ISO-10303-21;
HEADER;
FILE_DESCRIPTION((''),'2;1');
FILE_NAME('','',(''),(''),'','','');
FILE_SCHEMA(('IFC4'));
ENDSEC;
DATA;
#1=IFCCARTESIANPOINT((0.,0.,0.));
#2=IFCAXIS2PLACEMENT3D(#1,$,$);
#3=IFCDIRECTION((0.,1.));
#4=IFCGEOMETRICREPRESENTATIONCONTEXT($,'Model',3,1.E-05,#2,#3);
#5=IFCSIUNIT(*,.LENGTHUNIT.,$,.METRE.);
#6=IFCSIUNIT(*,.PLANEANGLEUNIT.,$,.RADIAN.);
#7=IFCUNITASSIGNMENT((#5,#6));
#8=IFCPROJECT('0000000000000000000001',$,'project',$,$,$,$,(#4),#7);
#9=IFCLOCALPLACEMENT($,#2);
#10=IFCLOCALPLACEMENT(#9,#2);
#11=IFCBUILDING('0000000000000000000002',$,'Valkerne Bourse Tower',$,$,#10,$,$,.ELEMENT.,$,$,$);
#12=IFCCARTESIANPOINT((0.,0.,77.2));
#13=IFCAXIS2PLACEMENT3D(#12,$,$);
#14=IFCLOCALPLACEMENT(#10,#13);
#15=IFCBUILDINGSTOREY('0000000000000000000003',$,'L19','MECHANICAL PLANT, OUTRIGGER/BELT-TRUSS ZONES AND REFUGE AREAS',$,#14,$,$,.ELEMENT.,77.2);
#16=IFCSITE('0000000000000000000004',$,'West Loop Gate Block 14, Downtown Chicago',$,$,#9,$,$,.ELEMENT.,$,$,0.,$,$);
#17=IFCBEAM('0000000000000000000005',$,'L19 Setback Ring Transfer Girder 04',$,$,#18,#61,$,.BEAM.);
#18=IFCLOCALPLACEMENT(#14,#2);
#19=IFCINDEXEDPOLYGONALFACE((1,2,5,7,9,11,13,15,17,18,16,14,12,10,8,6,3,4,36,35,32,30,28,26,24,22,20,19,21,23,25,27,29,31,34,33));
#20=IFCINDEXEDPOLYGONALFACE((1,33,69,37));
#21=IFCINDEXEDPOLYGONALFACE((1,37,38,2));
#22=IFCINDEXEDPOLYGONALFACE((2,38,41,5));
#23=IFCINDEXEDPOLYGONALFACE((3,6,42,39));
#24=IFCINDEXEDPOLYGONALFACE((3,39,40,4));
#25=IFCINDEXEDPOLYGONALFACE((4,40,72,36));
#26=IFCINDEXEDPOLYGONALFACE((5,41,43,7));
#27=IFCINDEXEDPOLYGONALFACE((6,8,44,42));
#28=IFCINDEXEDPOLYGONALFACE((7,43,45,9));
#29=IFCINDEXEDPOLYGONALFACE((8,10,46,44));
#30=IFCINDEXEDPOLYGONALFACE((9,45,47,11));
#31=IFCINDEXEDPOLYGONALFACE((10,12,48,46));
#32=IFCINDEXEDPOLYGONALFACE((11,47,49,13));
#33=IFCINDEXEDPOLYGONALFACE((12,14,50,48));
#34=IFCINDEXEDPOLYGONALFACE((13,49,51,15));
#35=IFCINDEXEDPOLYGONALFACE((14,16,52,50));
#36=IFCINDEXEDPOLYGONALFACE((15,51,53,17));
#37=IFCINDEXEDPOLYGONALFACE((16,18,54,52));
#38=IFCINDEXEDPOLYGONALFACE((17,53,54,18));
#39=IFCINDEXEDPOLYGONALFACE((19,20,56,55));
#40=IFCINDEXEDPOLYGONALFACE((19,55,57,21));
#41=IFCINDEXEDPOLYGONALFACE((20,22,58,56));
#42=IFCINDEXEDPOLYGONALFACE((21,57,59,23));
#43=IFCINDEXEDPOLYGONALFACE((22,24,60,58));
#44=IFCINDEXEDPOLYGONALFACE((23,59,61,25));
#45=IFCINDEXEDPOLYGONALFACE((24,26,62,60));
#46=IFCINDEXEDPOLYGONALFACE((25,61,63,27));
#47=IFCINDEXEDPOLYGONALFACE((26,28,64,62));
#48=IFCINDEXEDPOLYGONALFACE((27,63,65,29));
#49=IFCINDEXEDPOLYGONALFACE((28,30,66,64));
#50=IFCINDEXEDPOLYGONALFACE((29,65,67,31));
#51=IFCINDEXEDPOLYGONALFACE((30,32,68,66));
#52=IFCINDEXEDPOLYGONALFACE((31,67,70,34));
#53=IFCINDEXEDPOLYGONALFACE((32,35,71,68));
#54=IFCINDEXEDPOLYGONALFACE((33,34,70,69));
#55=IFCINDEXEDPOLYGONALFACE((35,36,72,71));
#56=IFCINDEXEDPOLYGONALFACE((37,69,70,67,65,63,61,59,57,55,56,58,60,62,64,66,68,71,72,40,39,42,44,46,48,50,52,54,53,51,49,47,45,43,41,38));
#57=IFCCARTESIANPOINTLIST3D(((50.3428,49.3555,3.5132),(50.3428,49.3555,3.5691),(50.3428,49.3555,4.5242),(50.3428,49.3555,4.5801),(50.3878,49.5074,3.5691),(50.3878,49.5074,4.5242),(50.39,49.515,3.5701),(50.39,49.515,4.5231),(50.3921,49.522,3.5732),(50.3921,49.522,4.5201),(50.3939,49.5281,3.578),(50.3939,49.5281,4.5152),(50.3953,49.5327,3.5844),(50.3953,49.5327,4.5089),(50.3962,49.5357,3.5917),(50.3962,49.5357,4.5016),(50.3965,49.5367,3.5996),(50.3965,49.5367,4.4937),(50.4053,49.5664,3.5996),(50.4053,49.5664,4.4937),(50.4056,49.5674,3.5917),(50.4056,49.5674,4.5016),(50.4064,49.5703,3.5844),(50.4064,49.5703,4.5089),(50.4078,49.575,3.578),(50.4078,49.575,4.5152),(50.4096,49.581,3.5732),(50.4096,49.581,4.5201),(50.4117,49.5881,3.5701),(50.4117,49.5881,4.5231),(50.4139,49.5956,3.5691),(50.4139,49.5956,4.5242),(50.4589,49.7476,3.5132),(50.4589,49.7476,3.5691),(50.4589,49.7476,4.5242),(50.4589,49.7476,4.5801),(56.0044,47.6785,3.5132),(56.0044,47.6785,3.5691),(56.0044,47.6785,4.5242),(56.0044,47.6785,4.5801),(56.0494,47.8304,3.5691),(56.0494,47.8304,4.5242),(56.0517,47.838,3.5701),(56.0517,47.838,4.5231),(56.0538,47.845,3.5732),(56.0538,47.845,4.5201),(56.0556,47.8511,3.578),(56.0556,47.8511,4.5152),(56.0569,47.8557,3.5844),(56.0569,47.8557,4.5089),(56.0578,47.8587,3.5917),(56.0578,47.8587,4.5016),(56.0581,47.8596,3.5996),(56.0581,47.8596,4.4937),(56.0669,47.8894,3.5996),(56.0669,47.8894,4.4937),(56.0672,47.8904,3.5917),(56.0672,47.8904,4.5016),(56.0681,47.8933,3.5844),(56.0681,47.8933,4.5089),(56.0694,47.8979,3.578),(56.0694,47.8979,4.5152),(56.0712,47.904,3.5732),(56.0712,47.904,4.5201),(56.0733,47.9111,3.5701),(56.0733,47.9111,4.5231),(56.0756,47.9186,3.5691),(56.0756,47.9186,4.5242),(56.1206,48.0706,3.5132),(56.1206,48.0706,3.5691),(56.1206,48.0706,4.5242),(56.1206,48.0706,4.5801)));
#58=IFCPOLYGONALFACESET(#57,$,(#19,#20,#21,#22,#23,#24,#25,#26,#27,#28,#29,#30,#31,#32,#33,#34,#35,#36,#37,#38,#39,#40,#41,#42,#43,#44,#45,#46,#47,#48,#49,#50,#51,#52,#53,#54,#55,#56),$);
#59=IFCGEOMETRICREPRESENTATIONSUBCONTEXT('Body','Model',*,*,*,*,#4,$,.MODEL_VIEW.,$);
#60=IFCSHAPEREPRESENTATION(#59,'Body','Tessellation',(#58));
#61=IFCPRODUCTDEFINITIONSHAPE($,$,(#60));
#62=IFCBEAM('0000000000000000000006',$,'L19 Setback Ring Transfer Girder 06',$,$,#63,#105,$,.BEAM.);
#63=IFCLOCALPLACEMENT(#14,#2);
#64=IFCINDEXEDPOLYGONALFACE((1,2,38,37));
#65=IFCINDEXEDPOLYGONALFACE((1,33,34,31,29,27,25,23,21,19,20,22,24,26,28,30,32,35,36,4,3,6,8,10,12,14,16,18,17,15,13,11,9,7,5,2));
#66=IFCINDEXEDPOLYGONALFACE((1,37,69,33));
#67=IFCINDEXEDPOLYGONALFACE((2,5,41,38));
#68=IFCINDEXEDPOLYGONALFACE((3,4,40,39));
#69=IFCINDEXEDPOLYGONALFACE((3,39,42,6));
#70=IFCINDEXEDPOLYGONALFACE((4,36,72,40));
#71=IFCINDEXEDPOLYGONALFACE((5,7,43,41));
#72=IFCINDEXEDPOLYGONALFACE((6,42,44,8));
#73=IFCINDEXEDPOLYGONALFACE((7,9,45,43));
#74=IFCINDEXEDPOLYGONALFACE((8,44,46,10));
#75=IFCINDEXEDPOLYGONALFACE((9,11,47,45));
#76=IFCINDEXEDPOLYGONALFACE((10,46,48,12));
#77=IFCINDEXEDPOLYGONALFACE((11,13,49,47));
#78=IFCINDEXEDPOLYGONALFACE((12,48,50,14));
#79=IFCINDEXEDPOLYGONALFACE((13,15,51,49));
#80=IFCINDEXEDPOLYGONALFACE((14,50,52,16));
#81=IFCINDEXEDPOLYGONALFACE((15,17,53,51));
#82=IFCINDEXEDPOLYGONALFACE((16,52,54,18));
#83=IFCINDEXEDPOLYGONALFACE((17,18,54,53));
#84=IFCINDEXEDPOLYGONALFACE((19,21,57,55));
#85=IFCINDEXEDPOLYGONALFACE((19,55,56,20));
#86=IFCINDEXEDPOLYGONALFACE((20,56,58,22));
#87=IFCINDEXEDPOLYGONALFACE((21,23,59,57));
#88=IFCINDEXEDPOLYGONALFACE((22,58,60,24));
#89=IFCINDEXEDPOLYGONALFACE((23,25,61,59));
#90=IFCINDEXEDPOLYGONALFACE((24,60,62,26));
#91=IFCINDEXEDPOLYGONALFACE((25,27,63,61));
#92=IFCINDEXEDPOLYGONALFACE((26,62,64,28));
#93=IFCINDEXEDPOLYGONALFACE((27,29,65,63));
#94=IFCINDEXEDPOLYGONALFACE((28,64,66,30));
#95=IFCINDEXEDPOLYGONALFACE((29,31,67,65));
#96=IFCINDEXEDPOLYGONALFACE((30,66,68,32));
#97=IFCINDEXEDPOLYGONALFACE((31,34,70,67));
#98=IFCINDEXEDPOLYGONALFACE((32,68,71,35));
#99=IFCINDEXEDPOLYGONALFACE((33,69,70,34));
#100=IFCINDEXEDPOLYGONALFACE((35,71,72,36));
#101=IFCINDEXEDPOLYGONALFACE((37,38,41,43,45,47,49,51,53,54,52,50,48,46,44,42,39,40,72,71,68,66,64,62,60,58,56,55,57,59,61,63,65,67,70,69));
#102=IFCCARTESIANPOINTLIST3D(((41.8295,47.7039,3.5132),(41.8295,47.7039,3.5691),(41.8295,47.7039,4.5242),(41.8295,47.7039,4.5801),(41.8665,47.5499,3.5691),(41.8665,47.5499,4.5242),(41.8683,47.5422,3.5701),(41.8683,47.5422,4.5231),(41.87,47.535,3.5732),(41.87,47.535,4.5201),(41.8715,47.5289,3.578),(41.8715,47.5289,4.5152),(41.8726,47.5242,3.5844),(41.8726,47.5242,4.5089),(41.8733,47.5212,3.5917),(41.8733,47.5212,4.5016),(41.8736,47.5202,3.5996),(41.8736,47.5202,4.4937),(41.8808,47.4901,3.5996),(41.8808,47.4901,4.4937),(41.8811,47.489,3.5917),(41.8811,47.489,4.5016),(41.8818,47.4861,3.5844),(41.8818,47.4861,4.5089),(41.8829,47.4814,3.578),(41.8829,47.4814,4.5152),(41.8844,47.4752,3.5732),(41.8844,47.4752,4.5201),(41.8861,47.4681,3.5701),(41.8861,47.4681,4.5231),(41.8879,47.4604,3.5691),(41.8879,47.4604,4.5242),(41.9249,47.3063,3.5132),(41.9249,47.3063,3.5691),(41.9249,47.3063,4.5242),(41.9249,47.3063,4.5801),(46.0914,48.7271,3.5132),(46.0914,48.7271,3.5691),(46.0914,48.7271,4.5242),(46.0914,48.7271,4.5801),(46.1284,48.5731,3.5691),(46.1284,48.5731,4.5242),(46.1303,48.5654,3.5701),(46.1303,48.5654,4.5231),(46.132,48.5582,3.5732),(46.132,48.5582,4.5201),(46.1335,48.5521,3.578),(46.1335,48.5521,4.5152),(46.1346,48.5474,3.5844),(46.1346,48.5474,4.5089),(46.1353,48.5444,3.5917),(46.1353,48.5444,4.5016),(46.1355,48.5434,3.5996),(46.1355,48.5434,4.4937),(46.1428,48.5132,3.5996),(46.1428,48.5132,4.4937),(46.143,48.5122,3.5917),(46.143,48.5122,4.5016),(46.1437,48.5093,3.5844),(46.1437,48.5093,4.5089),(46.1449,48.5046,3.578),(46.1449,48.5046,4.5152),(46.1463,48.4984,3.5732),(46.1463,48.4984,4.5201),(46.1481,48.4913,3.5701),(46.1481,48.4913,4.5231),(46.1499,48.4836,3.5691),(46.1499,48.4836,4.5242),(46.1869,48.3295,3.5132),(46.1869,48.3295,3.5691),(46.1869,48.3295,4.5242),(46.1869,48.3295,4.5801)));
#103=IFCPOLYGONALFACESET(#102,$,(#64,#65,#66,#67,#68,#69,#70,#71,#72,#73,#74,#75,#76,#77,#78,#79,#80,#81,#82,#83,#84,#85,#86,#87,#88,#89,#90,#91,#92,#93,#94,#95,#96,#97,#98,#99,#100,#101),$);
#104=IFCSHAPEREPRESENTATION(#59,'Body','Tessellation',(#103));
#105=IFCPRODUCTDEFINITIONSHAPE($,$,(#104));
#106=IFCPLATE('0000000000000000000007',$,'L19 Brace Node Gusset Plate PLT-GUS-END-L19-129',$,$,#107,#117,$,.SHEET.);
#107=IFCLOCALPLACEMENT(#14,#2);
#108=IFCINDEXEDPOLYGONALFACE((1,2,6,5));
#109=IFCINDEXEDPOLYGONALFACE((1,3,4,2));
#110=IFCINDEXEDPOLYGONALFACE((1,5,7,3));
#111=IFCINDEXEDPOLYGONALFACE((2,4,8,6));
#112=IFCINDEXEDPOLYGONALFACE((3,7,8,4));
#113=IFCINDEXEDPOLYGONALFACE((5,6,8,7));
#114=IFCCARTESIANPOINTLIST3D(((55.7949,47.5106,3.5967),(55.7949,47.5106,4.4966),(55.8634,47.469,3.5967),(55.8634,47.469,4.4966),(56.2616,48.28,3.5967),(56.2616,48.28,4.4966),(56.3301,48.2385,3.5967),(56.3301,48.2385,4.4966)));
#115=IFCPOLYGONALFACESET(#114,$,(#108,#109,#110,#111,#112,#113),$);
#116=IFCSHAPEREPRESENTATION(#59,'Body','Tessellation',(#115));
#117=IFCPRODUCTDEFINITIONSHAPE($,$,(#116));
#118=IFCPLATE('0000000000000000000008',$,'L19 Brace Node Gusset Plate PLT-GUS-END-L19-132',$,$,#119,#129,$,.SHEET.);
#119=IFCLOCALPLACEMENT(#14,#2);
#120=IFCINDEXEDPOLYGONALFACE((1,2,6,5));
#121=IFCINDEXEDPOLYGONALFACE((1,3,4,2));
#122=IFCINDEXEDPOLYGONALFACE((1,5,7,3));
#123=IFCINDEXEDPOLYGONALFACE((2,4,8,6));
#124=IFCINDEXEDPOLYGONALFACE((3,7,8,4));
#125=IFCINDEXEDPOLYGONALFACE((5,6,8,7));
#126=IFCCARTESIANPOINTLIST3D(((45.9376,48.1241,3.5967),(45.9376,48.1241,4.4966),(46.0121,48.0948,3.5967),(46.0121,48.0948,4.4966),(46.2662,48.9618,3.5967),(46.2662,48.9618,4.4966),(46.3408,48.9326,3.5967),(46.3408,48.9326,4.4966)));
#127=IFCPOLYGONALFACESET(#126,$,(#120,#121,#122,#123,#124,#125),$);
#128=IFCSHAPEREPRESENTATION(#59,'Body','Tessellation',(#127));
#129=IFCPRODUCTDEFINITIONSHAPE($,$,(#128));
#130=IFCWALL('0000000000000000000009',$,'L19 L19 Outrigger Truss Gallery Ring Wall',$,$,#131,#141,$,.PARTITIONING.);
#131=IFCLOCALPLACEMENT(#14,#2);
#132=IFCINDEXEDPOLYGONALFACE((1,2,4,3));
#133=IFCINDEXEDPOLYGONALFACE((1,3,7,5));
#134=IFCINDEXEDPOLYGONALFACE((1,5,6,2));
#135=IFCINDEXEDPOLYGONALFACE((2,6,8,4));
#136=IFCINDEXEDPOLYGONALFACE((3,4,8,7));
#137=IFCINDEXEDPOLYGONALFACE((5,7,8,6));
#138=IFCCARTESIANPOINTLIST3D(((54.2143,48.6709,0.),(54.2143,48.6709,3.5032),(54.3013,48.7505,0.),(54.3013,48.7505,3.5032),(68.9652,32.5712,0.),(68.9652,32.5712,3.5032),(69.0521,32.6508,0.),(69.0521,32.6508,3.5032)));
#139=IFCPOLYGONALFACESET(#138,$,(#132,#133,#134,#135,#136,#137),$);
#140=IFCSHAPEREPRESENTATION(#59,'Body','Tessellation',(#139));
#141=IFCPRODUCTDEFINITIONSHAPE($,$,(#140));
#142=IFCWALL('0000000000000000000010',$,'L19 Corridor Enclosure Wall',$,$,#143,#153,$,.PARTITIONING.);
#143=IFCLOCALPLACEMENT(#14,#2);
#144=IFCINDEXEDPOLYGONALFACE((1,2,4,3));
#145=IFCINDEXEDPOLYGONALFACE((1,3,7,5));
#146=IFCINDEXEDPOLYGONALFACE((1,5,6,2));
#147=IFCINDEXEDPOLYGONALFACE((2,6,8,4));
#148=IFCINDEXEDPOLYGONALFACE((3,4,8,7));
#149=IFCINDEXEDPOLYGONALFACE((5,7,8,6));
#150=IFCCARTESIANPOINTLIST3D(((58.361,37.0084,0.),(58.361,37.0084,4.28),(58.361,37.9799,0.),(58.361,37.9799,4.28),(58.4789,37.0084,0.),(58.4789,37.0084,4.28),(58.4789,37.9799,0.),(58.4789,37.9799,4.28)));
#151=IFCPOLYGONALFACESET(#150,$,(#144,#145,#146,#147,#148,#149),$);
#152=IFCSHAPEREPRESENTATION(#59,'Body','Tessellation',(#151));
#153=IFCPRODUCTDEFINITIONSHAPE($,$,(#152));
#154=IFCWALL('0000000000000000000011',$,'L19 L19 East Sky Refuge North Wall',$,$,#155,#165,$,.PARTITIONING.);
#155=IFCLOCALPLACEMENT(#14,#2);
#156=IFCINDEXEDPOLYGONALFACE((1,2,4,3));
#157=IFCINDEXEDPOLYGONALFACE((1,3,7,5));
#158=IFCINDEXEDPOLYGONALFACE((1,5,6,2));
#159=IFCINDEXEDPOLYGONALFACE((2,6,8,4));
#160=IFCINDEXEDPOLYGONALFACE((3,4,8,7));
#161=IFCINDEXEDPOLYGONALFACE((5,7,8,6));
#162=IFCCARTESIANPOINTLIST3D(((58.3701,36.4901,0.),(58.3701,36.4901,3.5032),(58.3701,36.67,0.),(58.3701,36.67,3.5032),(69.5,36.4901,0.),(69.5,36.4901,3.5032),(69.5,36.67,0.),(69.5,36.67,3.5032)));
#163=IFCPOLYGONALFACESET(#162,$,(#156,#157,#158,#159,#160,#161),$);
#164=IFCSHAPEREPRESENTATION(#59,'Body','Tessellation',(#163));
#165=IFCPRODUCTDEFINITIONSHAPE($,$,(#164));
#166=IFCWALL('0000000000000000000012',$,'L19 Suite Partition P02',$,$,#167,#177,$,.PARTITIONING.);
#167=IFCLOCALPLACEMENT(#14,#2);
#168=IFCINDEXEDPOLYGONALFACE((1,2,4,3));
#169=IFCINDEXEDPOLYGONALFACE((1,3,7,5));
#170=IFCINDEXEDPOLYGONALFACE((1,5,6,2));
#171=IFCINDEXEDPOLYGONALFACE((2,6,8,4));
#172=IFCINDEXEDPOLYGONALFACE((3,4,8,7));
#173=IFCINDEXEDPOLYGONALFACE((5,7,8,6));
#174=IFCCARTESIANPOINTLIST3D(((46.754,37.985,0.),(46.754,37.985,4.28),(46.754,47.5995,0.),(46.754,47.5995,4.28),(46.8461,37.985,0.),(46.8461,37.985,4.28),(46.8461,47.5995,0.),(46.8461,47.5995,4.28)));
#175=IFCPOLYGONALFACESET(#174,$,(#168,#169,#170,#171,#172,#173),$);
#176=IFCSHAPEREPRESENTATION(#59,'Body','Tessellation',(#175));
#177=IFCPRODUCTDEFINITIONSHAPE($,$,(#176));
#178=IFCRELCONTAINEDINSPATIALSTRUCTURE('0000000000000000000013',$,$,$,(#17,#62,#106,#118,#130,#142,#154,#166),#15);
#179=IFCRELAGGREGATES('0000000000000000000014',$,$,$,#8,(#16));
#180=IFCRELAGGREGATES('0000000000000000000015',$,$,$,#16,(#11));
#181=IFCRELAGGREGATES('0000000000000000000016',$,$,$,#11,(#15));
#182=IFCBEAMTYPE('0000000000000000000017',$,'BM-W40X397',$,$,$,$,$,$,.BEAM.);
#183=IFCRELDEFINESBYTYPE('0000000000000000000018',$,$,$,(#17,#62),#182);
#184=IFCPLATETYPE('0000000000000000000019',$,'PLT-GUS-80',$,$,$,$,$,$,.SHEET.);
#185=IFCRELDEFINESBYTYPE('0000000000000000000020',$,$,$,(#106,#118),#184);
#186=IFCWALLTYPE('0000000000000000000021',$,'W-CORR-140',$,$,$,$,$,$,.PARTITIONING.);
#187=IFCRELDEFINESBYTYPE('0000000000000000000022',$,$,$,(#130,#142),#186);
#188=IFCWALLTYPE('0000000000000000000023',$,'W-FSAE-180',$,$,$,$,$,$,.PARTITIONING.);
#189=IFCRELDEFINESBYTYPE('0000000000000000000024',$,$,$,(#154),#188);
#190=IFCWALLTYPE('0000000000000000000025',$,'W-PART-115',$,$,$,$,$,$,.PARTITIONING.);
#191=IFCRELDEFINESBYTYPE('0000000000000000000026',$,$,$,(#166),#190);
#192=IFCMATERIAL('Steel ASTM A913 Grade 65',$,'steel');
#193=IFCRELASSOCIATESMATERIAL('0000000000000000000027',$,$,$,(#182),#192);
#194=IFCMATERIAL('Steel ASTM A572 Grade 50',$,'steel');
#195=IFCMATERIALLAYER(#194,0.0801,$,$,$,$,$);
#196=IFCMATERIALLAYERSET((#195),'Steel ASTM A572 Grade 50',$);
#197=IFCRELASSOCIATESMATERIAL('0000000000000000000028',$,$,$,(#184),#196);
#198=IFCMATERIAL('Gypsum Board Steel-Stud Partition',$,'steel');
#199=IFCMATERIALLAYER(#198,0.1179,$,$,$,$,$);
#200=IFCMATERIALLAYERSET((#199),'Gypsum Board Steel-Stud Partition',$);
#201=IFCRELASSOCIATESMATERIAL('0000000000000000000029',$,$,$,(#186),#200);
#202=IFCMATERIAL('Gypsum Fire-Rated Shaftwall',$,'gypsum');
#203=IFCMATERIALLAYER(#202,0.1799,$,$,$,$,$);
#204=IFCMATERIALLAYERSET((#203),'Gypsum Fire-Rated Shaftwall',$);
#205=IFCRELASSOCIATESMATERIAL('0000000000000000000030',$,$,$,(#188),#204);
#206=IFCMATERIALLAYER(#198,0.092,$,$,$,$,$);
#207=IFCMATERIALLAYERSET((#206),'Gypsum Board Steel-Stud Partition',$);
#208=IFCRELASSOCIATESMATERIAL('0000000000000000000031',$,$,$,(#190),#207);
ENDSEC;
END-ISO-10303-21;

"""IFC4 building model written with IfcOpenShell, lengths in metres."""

from ifc_helpers import new_model, si_unit, direction, frame, frame_2d, origin, origin_2d, place, context, subcontext, project, spatial, rectangle, i_section, extrude, material, layer, layer_set, material_profile, profile_set, type_object, element, save


model = new_model("IFC4")

# Units and contexts
model_context = context("Model", 3, precision=1e-05, world=origin(), true_north=direction((0.0, 1.0)))
body_context = subcontext(model_context, "Body", "Model", "MODEL_VIEW")
ifc_project = project(units=[si_unit("LENGTHUNIT", "METRE"), si_unit("PLANEANGLEUNIT", "RADIAN")], contexts=[model_context])

# Site, building, storey
site_placement = place(None, origin())
site = spatial("IfcSite", under=ifc_project, at=site_placement, Name="West Loop Gate Block 14, Downtown Chicago", CompositionType="ELEMENT", RefElevation=0.0)
building_placement = place(site_placement, origin())
building = spatial("IfcBuilding", under=site, at=building_placement, Name="Valkerne Bourse Tower", CompositionType="ELEMENT")
storey_placement = place(building_placement, frame((0.0, 0.0, 77.2)))
storey = spatial("IfcBuildingStorey", under=building, at=storey_placement, Name="L19", Description="MECHANICAL PLANT, OUTRIGGER/BELT-TRUSS ZONES AND REFUGE AREAS", CompositionType="ELEMENT", Elevation=77.2)

# Beams
ifc_material_1 = material(Name="Steel ASTM A913 Grade 65", Category="steel")
ifc_material_profile = material_profile(ifc_material_1, i_section(OverallWidth=0.4089, OverallDepth=1.0669, WebThickness=0.031, FlangeThickness=0.0559, FilletRadius=0.0305, at=origin_2d()), Name="W40X397")
ifc_profile_set = profile_set([ifc_material_profile], Name="Steel ASTM A913 Grade 65")
beam_type = type_object("IfcBeamType", Name="BM-W40X397", PredefinedType="BEAM", material=ifc_profile_set)
beam_1_placement = place(storey_placement, frame((56.0625, 47.8745, 4.0466), z_axis=(-0.958822, 0.284008, 0.0), x_axis=(-0.284008, -0.958822, 0.0)))
element("IfcBeam", 1, at=beam_1_placement, inside=storey, type_object=beam_type, Name="L19 Setback Ring Transfer Girder 04", PredefinedType="BEAM", context=body_context, shape_type="SweptSolid", body=[
    extrude(i_section(OverallWidth=0.4089, OverallDepth=1.0669, WebThickness=0.031, FlangeThickness=0.0559, FilletRadius=0.0305, at=origin_2d()), origin(), (0.0, 0.0, 1.0), 5.9048),
])
beam_2_placement = place(storey_placement, frame((46.1392, 48.5283, 4.0466), z_axis=(-0.972371, -0.233442, 0.0), x_axis=(0.233442, -0.972371, 0.0)))
element("IfcBeam", 2, at=beam_2_placement, inside=storey, type_object=beam_type, Name="L19 Setback Ring Transfer Girder 06", PredefinedType="BEAM", context=body_context, shape_type="SweptSolid", body=[
    extrude(i_section(OverallWidth=0.4089, OverallDepth=1.0669, WebThickness=0.031, FlangeThickness=0.0559, FilletRadius=0.0305, at=origin_2d()), origin(), (0.0, 0.0, 1.0), 4.3831),
])

# Plates
ifc_material_2 = material(Name="Steel ASTM A572 Grade 50", Category="steel")
ifc_layer_1 = layer(ifc_material_2, 0.0801)
ifc_layer_set_1 = layer_set([ifc_layer_1], Name="Steel ASTM A572 Grade 50")
plate_type = type_object("IfcPlateType", Name="PLT-GUS-80", PredefinedType="SHEET", material=ifc_layer_set_1)
for number, where, z_axis, x_axis, name in (
    (3, (56.0625, 47.8745, 3.5967), (0.0, 0.0, 1.0), (-0.518624, -0.855002, 0.0), "L19 Brace Node Gusset Plate PLT-GUS-END-L19-129"),
    (4, (46.1392, 48.5283, 3.5967), (0.0, 0.0, 1.0), (-0.365202, -0.930928, 0.0), "L19 Brace Node Gusset Plate PLT-GUS-END-L19-132"),
):
    element("IfcPlate", number, at=place(storey_placement, frame(where, z_axis=z_axis, x_axis=x_axis)), inside=storey, type_object=plate_type, Name=name, PredefinedType="SHEET", context=body_context, shape_type="SweptSolid", body=[
        extrude(rectangle(XDim=0.8999, YDim=0.0801, at=origin_2d()), origin(), (0.0, 0.0, 1.0), 0.8999),
    ])

# Walls
ifc_material_3 = material(Name="Gypsum Board Steel-Stud Partition", Category="steel")
ifc_layer_2 = layer(ifc_material_3, 0.1179)
ifc_layer_set_2 = layer_set([ifc_layer_2], Name="Gypsum Board Steel-Stud Partition")
wall_type_1 = type_object("IfcWallType", Name="W-CORR-140", PredefinedType="PARTITIONING", material=ifc_layer_set_2)
wall_1_placement = place(storey_placement, frame((54.2578, 48.7107, 0.0), z_axis=(0.0, 0.0, 1.0), x_axis=(0.675544, -0.737319, 0.0)))
element("IfcWall", 5, at=wall_1_placement, inside=storey, type_object=wall_type_1, Name="L19 L19 Outrigger Truss Gallery Ring Wall", PredefinedType="PARTITIONING", context=body_context, shape_type="SweptSolid", body=[
    extrude(rectangle(XDim=21.8354, YDim=0.1179, at=frame_2d((10.9177, 0.0))), origin(), (0.0, 0.0, 1.0), 3.5032),
])
wall_2_placement = place(storey_placement, frame((58.4199, 37.98, 0.0), z_axis=(0.0, 0.0, 1.0), x_axis=(0.0, -1.0, 0.0)))
element("IfcWall", 6, at=wall_2_placement, inside=storey, type_object=wall_type_1, Name="L19 Corridor Enclosure Wall", PredefinedType="PARTITIONING", context=body_context, shape_type="SweptSolid", body=[
    extrude(rectangle(XDim=0.9714, YDim=0.1179, at=frame_2d((0.4858, 0.0))), origin(), (0.0, 0.0, 1.0), 4.28),
])
ifc_material_4 = material(Name="Gypsum Fire-Rated Shaftwall", Category="gypsum")
ifc_layer_3 = layer(ifc_material_4, 0.1799)
ifc_layer_set_3 = layer_set([ifc_layer_3], Name="Gypsum Fire-Rated Shaftwall")
wall_type_2 = type_object("IfcWallType", Name="W-FSAE-180", PredefinedType="PARTITIONING", material=ifc_layer_set_3)
wall_3_placement = place(storey_placement, frame((58.3701, 36.5801, 0.0), z_axis=(0.0, 0.0, 1.0), x_axis=(1.0, 0.0, 0.0)))
element("IfcWall", 7, at=wall_3_placement, inside=storey, type_object=wall_type_2, Name="L19 L19 East Sky Refuge North Wall", PredefinedType="PARTITIONING", context=body_context, shape_type="SweptSolid", body=[
    extrude(rectangle(XDim=11.1299, YDim=0.1799, at=frame_2d((5.5649, 0.0))), origin(), (0.0, 0.0, 1.0), 3.5032),
])
ifc_layer_4 = layer(ifc_material_3, 0.092)
ifc_layer_set_4 = layer_set([ifc_layer_4], Name="Gypsum Board Steel-Stud Partition")
wall_type_3 = type_object("IfcWallType", Name="W-PART-115", PredefinedType="PARTITIONING", material=ifc_layer_set_4)
wall_4_placement = place(storey_placement, frame((46.8, 37.9851, 0.0), z_axis=(0.0, 0.0, 1.0), x_axis=(0.0, 1.0, 0.0)))
element("IfcWall", 8, at=wall_4_placement, inside=storey, type_object=wall_type_3, Name="L19 Suite Partition P02", PredefinedType="PARTITIONING", context=body_context, shape_type="SweptSolid", body=[
    extrude(rectangle(XDim=9.6145, YDim=0.092, at=frame_2d((4.8071, 0.0))), origin(), (0.0, 0.0, 1.0), 4.28),
])

save(model, "model.ifc")
